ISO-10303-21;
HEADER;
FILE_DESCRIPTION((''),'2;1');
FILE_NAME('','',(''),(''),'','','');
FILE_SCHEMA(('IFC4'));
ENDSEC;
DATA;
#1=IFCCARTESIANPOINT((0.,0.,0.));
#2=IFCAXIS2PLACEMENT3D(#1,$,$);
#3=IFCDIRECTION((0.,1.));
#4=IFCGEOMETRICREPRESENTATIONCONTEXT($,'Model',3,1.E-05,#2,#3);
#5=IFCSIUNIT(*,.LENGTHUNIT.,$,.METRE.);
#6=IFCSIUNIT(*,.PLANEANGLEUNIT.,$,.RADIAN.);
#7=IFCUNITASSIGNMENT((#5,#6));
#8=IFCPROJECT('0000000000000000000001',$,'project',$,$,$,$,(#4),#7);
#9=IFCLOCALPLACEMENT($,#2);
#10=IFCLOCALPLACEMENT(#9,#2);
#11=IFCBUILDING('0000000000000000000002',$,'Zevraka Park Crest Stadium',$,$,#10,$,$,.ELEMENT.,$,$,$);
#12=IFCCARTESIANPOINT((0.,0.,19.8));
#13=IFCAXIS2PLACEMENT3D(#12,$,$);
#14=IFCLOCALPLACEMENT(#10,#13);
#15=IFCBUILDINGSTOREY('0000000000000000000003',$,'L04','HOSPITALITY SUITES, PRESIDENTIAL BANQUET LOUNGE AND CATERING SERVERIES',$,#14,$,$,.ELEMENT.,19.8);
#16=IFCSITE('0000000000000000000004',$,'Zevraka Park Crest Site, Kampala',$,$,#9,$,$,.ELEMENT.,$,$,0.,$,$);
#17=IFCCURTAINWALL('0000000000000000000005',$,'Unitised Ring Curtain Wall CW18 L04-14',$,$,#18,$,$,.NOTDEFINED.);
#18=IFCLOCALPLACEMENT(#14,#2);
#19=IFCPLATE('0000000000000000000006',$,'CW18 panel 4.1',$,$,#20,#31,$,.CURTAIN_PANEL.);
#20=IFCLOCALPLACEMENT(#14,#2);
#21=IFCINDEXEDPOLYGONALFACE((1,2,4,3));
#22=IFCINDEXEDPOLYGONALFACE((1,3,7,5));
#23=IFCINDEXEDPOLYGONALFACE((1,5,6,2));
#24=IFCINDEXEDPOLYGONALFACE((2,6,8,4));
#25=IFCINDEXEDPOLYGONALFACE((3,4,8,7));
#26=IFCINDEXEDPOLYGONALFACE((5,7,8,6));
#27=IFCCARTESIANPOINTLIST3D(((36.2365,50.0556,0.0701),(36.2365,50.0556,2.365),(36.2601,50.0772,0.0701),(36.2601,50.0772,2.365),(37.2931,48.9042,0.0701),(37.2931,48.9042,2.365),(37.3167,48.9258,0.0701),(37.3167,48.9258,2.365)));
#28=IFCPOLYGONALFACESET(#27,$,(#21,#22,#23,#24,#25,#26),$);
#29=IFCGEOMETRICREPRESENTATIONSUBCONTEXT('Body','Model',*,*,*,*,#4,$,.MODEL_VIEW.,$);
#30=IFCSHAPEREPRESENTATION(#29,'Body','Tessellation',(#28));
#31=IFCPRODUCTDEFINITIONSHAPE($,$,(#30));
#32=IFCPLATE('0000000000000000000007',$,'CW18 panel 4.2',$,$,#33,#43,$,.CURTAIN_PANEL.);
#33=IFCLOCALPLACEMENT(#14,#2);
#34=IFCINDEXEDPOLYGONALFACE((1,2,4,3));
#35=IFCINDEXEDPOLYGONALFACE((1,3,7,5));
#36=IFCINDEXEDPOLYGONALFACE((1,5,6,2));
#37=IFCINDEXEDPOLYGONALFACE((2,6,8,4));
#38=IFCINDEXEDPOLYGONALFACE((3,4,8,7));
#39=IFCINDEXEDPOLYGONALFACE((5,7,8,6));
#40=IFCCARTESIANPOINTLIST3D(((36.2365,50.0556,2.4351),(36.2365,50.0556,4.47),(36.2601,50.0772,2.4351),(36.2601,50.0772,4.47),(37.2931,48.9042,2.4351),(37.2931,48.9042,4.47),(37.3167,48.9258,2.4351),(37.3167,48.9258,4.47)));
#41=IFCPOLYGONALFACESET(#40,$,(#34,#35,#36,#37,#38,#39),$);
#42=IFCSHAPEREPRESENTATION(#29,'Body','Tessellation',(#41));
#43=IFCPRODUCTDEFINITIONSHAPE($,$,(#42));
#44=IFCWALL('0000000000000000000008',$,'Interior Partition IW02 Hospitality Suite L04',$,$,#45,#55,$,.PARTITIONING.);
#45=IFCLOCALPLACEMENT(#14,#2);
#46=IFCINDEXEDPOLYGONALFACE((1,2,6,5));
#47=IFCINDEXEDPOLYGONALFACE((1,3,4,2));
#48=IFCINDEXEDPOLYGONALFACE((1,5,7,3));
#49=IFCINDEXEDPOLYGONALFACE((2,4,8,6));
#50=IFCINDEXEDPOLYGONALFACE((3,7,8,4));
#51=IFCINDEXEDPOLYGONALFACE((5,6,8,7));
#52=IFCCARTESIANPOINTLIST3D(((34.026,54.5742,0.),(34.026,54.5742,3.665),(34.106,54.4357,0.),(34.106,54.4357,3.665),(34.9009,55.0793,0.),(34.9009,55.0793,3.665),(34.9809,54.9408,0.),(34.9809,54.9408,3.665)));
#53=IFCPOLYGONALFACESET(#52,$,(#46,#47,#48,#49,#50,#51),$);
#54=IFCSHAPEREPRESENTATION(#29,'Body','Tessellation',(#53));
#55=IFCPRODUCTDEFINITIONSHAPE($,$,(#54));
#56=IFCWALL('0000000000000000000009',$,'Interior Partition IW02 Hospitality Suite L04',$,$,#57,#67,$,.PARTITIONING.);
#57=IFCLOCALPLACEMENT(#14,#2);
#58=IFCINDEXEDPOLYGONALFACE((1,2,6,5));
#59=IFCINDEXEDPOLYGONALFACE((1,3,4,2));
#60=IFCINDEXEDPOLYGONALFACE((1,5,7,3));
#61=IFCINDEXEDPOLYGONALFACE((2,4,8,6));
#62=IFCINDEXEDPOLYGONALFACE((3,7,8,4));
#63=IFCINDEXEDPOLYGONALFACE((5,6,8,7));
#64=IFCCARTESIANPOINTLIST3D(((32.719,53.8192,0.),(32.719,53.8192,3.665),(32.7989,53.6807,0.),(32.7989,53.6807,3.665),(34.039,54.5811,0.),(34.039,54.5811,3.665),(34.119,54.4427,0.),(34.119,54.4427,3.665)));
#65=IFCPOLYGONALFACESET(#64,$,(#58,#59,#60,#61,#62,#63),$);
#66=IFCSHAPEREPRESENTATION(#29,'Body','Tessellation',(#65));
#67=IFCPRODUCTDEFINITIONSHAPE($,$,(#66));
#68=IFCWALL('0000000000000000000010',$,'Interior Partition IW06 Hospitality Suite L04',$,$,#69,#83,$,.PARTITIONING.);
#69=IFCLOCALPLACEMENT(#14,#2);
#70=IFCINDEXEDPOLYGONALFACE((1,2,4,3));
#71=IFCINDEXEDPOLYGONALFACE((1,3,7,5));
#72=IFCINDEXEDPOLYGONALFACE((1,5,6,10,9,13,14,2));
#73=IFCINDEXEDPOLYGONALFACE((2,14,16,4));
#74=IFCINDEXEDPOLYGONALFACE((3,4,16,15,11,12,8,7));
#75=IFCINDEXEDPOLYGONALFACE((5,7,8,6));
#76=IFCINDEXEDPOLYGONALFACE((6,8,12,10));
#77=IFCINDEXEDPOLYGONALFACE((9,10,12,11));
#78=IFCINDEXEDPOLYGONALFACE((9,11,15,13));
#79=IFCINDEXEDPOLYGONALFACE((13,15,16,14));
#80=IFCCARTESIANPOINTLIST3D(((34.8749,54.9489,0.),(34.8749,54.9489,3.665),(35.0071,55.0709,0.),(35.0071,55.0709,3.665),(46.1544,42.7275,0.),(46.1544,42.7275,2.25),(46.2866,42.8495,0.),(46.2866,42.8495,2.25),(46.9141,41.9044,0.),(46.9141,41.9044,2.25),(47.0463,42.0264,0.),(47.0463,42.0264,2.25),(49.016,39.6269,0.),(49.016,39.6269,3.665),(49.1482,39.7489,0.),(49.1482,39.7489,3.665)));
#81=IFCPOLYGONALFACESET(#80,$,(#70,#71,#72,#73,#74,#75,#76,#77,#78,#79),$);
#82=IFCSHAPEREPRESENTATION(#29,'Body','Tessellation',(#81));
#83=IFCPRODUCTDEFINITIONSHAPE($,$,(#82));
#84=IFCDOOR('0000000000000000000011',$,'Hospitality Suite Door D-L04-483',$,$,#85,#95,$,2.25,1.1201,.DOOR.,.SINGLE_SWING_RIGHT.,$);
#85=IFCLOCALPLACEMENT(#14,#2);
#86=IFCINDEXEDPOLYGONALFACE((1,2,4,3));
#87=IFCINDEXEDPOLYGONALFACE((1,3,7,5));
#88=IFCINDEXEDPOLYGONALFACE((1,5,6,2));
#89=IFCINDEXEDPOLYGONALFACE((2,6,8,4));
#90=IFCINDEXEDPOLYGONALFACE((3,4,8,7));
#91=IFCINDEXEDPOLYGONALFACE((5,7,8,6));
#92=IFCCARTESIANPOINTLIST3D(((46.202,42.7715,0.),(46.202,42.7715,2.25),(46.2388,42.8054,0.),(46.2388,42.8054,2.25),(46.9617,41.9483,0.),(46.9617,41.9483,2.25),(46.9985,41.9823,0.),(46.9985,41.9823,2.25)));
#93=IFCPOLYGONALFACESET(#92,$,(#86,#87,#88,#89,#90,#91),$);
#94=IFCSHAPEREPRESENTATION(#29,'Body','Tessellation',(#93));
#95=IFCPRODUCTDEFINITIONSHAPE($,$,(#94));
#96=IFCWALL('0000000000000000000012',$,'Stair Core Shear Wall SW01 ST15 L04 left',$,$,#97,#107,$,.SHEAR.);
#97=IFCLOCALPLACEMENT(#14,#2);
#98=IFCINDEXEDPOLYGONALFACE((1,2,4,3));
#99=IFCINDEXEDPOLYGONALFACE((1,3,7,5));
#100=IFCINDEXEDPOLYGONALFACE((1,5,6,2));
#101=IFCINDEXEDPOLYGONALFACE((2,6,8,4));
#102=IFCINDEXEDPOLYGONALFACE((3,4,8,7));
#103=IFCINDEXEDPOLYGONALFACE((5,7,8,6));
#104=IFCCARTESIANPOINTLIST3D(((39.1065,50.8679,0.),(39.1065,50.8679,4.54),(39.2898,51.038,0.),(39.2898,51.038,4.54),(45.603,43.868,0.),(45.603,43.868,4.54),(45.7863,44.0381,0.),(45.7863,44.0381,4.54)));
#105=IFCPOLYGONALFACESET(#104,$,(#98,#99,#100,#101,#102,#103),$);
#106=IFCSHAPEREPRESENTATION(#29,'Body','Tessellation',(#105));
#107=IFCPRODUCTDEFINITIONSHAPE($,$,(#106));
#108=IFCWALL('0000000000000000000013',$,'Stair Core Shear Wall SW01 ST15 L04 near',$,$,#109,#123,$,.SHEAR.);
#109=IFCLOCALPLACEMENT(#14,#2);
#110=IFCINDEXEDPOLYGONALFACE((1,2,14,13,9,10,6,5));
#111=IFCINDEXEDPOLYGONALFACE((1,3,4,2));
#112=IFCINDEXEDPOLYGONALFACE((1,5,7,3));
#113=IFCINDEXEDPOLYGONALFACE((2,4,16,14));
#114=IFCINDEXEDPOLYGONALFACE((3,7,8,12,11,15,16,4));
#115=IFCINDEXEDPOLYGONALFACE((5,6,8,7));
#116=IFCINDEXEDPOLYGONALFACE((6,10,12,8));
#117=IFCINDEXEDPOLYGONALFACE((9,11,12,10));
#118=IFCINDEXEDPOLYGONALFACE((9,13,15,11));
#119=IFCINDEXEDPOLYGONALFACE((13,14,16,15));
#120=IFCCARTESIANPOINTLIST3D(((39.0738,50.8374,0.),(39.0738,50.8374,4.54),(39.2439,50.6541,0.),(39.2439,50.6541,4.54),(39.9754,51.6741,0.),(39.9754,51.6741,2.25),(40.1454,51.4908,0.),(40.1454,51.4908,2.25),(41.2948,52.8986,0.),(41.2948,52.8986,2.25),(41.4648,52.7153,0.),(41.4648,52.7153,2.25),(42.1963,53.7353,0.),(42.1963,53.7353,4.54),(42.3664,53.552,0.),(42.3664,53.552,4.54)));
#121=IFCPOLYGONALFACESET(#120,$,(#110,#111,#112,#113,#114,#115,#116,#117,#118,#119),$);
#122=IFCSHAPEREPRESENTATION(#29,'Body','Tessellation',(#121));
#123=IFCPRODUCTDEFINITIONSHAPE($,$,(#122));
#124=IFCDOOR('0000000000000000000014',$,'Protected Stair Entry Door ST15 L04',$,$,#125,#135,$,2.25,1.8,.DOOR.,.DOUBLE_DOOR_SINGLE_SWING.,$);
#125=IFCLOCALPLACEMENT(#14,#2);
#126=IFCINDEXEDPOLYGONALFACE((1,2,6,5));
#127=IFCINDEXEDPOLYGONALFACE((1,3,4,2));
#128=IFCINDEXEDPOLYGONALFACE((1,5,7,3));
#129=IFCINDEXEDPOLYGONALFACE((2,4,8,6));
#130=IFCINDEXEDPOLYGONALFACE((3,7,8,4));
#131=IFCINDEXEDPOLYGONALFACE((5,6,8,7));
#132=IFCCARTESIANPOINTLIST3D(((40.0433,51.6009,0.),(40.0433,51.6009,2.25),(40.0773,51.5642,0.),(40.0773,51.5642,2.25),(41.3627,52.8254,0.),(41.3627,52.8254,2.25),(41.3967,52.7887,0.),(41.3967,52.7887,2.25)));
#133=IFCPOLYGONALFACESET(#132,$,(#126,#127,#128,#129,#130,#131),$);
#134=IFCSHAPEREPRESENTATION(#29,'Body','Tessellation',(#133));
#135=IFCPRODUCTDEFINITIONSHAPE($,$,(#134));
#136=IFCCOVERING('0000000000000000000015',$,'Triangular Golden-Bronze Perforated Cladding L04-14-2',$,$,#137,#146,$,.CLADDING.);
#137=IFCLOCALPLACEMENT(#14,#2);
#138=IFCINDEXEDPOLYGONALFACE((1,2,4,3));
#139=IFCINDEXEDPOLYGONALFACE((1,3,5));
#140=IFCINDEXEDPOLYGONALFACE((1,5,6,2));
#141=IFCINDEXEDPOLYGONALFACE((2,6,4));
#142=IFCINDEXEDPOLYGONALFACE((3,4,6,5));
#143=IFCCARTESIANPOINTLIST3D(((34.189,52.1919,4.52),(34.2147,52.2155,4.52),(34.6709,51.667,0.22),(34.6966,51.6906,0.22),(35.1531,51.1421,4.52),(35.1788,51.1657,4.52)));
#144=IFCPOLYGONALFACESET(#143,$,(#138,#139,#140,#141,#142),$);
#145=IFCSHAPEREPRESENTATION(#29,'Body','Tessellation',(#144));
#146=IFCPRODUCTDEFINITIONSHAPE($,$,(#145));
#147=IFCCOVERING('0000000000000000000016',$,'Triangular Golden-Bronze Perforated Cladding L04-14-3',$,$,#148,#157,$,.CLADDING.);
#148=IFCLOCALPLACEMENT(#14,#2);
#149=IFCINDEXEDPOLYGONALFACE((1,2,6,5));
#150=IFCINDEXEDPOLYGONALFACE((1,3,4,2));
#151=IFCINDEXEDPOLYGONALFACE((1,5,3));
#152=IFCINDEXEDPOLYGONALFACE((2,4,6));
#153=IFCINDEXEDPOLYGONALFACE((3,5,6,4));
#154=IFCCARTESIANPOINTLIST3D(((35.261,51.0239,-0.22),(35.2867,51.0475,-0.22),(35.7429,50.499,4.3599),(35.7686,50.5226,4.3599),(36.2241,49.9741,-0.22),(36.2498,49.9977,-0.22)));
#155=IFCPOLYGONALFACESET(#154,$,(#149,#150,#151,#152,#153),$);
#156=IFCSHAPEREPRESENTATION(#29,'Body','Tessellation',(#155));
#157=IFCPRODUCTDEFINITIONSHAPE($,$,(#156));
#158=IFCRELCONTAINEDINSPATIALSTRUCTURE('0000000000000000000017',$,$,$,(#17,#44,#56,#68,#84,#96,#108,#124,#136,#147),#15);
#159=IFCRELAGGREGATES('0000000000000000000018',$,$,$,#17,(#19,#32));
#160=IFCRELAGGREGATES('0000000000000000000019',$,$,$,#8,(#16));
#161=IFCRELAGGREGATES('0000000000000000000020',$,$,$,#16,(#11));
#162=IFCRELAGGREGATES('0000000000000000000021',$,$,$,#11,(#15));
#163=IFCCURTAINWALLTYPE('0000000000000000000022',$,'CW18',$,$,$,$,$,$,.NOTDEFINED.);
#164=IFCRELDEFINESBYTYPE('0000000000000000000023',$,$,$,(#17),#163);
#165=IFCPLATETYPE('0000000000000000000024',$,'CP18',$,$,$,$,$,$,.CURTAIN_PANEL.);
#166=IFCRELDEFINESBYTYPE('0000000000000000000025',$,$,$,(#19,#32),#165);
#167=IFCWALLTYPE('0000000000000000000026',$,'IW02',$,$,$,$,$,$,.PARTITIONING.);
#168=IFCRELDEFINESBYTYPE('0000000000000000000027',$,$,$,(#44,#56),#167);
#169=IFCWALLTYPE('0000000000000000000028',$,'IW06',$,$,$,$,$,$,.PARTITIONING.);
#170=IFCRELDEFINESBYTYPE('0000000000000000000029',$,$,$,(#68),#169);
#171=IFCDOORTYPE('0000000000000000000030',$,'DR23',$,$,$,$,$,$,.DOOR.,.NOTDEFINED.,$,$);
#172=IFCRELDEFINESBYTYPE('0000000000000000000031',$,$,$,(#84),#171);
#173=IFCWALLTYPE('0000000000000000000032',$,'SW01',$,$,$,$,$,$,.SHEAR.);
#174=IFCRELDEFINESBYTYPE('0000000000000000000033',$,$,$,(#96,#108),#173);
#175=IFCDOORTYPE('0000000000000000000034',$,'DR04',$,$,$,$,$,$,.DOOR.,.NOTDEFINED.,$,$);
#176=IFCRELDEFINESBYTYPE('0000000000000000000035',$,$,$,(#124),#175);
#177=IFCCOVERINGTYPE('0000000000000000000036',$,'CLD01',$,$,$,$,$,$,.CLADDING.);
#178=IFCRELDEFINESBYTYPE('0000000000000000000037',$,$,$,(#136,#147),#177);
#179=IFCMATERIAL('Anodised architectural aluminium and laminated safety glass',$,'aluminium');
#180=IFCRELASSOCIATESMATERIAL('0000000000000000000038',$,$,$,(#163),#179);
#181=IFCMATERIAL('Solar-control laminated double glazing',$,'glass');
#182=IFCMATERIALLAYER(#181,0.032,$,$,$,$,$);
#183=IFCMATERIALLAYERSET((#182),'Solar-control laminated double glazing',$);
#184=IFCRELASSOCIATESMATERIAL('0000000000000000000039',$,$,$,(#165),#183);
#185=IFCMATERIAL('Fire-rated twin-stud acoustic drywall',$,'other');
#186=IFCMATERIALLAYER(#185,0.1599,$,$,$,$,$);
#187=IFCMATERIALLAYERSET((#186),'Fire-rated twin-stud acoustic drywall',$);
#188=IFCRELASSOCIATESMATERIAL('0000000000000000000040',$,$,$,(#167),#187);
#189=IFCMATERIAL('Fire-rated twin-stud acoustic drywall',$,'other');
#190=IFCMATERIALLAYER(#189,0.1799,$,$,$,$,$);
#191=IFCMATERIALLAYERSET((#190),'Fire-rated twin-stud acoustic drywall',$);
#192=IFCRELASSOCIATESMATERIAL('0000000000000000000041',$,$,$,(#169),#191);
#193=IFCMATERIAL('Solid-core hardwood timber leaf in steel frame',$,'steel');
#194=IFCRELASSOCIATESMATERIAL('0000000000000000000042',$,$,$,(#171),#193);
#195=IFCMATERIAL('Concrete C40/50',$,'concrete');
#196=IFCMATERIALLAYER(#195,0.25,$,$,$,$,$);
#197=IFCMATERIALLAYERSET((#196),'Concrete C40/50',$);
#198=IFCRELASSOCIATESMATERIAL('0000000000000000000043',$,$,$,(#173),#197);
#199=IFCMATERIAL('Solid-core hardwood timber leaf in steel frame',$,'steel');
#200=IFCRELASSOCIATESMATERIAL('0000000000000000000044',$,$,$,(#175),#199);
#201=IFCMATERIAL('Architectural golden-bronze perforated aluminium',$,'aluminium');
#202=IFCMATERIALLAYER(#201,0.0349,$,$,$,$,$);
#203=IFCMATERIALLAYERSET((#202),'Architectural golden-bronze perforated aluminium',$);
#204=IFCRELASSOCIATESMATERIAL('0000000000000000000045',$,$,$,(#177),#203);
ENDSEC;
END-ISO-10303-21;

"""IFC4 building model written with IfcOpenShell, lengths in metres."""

from ifc_helpers import new_model, si_unit, direction, frame, frame_2d, origin, origin_2d, place, context, subcontext, project, spatial, polyline, rectangle, outline, extrude, material, layer, layer_set, type_object, element, fill, aggregate, save


model = new_model("IFC4")

# Units and contexts
model_context = context("Model", 3, precision=1e-05, world=origin(), true_north=direction((0.0, 1.0)))
body_context = subcontext(model_context, "Body", "Model", "MODEL_VIEW")
ifc_project = project(units=[si_unit("LENGTHUNIT", "METRE"), si_unit("PLANEANGLEUNIT", "RADIAN")], contexts=[model_context])

# Site, building, storey
site_placement = place(None, origin())
site = spatial("IfcSite", under=ifc_project, at=site_placement, Name="Zevraka Park Crest Site, Kampala", CompositionType="ELEMENT", RefElevation=0.0)
building_placement = place(site_placement, origin())
building = spatial("IfcBuilding", under=site, at=building_placement, Name="Zevraka Park Crest Stadium", CompositionType="ELEMENT")
storey_placement = place(building_placement, frame((0.0, 0.0, 19.8)))
storey = spatial("IfcBuildingStorey", under=building, at=storey_placement, Name="L04", Description="HOSPITALITY SUITES, PRESIDENTIAL BANQUET LOUNGE AND CATERING SERVERIES", CompositionType="ELEMENT", Elevation=19.8)

# Curtain wall, plates
ifc_material_1 = material(Name="Anodised architectural aluminium and laminated safety glass", Category="aluminium")
curtain_wall_type = type_object("IfcCurtainWallType", Name="CW18", PredefinedType="NOTDEFINED", material=ifc_material_1)
curtain_wall_placement = place(storey_placement, origin())
curtain_wall = element("IfcCurtainWall", 1, at=curtain_wall_placement, inside=storey, type_object=curtain_wall_type, Name="Unitised Ring Curtain Wall CW18 L04-14", PredefinedType="NOTDEFINED")
ifc_material_2 = material(Name="Solar-control laminated double glazing", Category="glass")
ifc_layer_1 = layer(ifc_material_2, 0.032)
ifc_layer_set_1 = layer_set([ifc_layer_1], Name="Solar-control laminated double glazing")
plate_type = type_object("IfcPlateType", Name="CP18", PredefinedType="CURTAIN_PANEL", material=ifc_layer_set_1)
plate_1_placement = place(storey_placement, frame((36.7766, 49.4907, 0.0701), z_axis=(0.0, 0.0, 1.0), x_axis=(0.676138, -0.736775, 0.0)))
plate_1 = element("IfcPlate", 2, at=plate_1_placement, type_object=plate_type, Name="CW18 panel 4.1", PredefinedType="CURTAIN_PANEL", context=body_context, shape_type="SweptSolid", body=[
    extrude(rectangle(XDim=1.5627, YDim=0.032, at=origin_2d()), origin(), (0.0, 0.0, 1.0), 2.2949),
])
plate_2_placement = place(storey_placement, frame((36.7766, 49.4907, 2.4351), z_axis=(0.0, 0.0, 1.0), x_axis=(0.676138, -0.736775, 0.0)))
plate_2 = element("IfcPlate", 3, at=plate_2_placement, type_object=plate_type, Name="CW18 panel 4.2", PredefinedType="CURTAIN_PANEL", context=body_context, shape_type="SweptSolid", body=[
    extrude(rectangle(XDim=1.5627, YDim=0.032, at=origin_2d()), origin(), (0.0, 0.0, 1.0), 2.0349),
])
aggregate(curtain_wall, [plate_1, plate_2])

# Walls
ifc_material_3 = material(Name="Fire-rated twin-stud acoustic drywall", Category="other")
ifc_layer_2 = layer(ifc_material_3, 0.1599)
ifc_layer_set_2 = layer_set([ifc_layer_2], Name="Fire-rated twin-stud acoustic drywall")
wall_type_1 = type_object("IfcWallType", Name="IW02", PredefinedType="PARTITIONING", material=ifc_layer_set_2)
wall_1_placement = place(storey_placement, frame((34.9409, 55.01, 0.0), z_axis=(0.0, 0.0, 1.0), x_axis=(-0.866049, -0.49996, 0.0)))
element("IfcWall", 4, at=wall_1_placement, inside=storey, type_object=wall_type_1, Name="Interior Partition IW02 Hospitality Suite L04", PredefinedType="PARTITIONING", context=body_context, shape_type="SweptSolid", body=[
    extrude(rectangle(XDim=1.0103, YDim=0.1599, at=frame_2d((0.5051, 0.0))), origin(), (0.0, 0.0, 1.0), 3.665),
])
wall_2_placement = place(storey_placement, frame((34.0791, 54.512, 0.0), z_axis=(0.0, 0.0, 1.0), x_axis=(-0.866076, -0.499912, 0.0)))
element("IfcWall", 5, at=wall_2_placement, inside=storey, type_object=wall_type_1, Name="Interior Partition IW02 Hospitality Suite L04", PredefinedType="PARTITIONING", context=body_context, shape_type="SweptSolid", body=[
    extrude(rectangle(XDim=1.5242, YDim=0.1599, at=frame_2d((0.7622, 0.0))), origin(), (0.0, 0.0, 1.0), 3.665),
])

# Wall, opening, door
ifc_material_4 = material(Name="Fire-rated twin-stud acoustic drywall", Category="other")
ifc_layer_3 = layer(ifc_material_4, 0.1799)
ifc_layer_set_3 = layer_set([ifc_layer_3], Name="Fire-rated twin-stud acoustic drywall")
wall_type_2 = type_object("IfcWallType", Name="IW06", PredefinedType="PARTITIONING", material=ifc_layer_set_3)
wall_3_placement = place(storey_placement, frame((34.9409, 55.01, 0.0), z_axis=(0.0, 0.0, 1.0), x_axis=(0.678221, -0.734858, 0.0)))
wall_3 = element("IfcWall", 6, at=wall_3_placement, inside=storey, type_object=wall_type_2, Name="Interior Partition IW06 Hospitality Suite L04", PredefinedType="PARTITIONING", context=body_context, shape_type="SweptSolid", body=[
    extrude(rectangle(XDim=20.8503, YDim=0.1799, at=frame_2d((10.4253, 0.0))), origin(), (0.0, 0.0, 1.0), 3.665),
])
opening_1_placement = place(wall_3_placement, frame((16.6311, 0.0, 0.0)))
opening_1 = element("IfcOpeningElement", 7, at=opening_1_placement, cuts=wall_3, PredefinedType="OPENING", context=body_context, shape_type="SweptSolid", body=[
    extrude(rectangle(XDim=1.1201, YDim=2.25, at=frame_2d((0.5601, 1.125))), frame((0.0, 0.0999, 0.0), z_axis=(0.0, -1.0, 0.0), x_axis=(1.0, 0.0, 0.0)), (0.0, 0.0, 1.0), 0.2),
])
ifc_material_5 = material(Name="Solid-core hardwood timber leaf in steel frame", Category="steel")
door_type_1 = type_object("IfcDoorType", Name="DR23", OperationType="NOTDEFINED", PredefinedType="DOOR", material=ifc_material_5)
door_1_placement = place(opening_1_placement, origin())
door_1 = element("IfcDoor", 8, at=door_1_placement, inside=storey, type_object=door_type_1, Name="Hospitality Suite Door D-L04-483", OperationType="SINGLE_SWING_RIGHT", OverallHeight=2.25, OverallWidth=1.1201, PredefinedType="DOOR", context=body_context, shape_type="SweptSolid", body=[
    extrude(rectangle(XDim=1.1201, YDim=2.25, at=frame_2d((0.5601, 1.125))), frame((0.0, 0.0249, 0.0), z_axis=(0.0, -1.0, 0.0), x_axis=(1.0, 0.0, 0.0)), (0.0, 0.0, 1.0), 0.05),
])
fill(opening_1, door_1)

# Wall
ifc_material_6 = material(Name="Concrete C40/50", Category="concrete")
ifc_layer_4 = layer(ifc_material_6, 0.25)
ifc_layer_set_4 = layer_set([ifc_layer_4], Name="Concrete C40/50")
wall_type_3 = type_object("IfcWallType", Name="SW01", PredefinedType="SHEAR", material=ifc_layer_set_4)
wall_4_placement = place(storey_placement, frame((39.1982, 50.9529, 0.0), z_axis=(0.0, 0.0, 1.0), x_axis=(0.680259, -0.732972, 0.0)))
element("IfcWall", 9, at=wall_4_placement, inside=storey, type_object=wall_type_3, Name="Stair Core Shear Wall SW01 ST15 L04 left", PredefinedType="SHEAR", context=body_context, shape_type="SweptSolid", body=[
    extrude(rectangle(XDim=9.55, YDim=0.25, at=frame_2d((4.7749, 0.0))), origin(), (0.0, 0.0, 1.0), 4.54),
])

# Wall, opening, door
wall_5_placement = place(storey_placement, frame((42.2812, 53.6436, 0.0), z_axis=(0.0, 0.0, 1.0), x_axis=(-0.732977, -0.680253, 0.0)))
wall_5 = element("IfcWall", 10, at=wall_5_placement, inside=storey, type_object=wall_type_3, Name="Stair Core Shear Wall SW01 ST15 L04 near", PredefinedType="SHEAR", context=body_context, shape_type="SweptSolid", body=[
    extrude(rectangle(XDim=4.26, YDim=0.25, at=frame_2d((2.1299, 0.0))), origin(), (0.0, 0.0, 1.0), 4.54),
])
opening_2_placement = place(wall_5_placement, frame((1.23, 0.0, 0.0)))
opening_2 = element("IfcOpeningElement", 11, at=opening_2_placement, cuts=wall_5, PredefinedType="OPENING", context=body_context, shape_type="SweptSolid", body=[
    extrude(rectangle(XDim=1.8, YDim=2.25, at=frame_2d((0.8999, 1.125))), frame((0.0, 0.135, 0.0), z_axis=(0.0, -1.0, 0.0), x_axis=(1.0, 0.0, 0.0)), (0.0, 0.0, 1.0), 0.27),
])
ifc_material_7 = material(Name="Solid-core hardwood timber leaf in steel frame", Category="steel")
door_type_2 = type_object("IfcDoorType", Name="DR04", OperationType="NOTDEFINED", PredefinedType="DOOR", material=ifc_material_7)
door_2_placement = place(opening_2_placement, origin())
door_2 = element("IfcDoor", 12, at=door_2_placement, inside=storey, type_object=door_type_2, Name="Protected Stair Entry Door ST15 L04", OperationType="DOUBLE_DOOR_SINGLE_SWING", OverallHeight=2.25, OverallWidth=1.8, PredefinedType="DOOR", context=body_context, shape_type="SweptSolid", body=[
    extrude(rectangle(XDim=1.8, YDim=2.25, at=frame_2d((0.8999, 1.125))), frame((0.0, 0.0249, 0.0), z_axis=(0.0, -1.0, 0.0), x_axis=(1.0, 0.0, 0.0)), (0.0, 0.0, 1.0), 0.05),
])
fill(opening_2, door_2)

# Coverings
ifc_material_8 = material(Name="Architectural golden-bronze perforated aluminium", Category="aluminium")
ifc_layer_5 = layer(ifc_material_8, 0.0349)
ifc_layer_set_5 = layer_set([ifc_layer_5], Name="Architectural golden-bronze perforated aluminium")
covering_type = type_object("IfcCoveringType", Name="CLD01", PredefinedType="CLADDING", material=ifc_layer_set_5)
covering_1_placement = place(storey_placement, frame((35.1531, 51.1421, 4.52), z_axis=(-0.736528, -0.676407, 0.000021), x_axis=(-0.676407, 0.736528, 0.0)))
element("IfcCovering", 13, at=covering_1_placement, inside=storey, type_object=covering_type, Name="Triangular Golden-Bronze Perforated Cladding L04-14-2", PredefinedType="CLADDING", context=body_context, shape_type="SweptSolid", body=[
    extrude(outline(polyline([(0.0, 0.0), (1.4253, 0.0), (0.7128, 4.3), (0.0, 0.0)])), origin(), (0.0, 0.0, -1.0), 0.0349),
])
covering_2_placement = place(storey_placement, frame((35.261, 51.0239, -0.22), z_axis=(-0.73687, -0.676035, 0.000059), x_axis=(0.676035, -0.73687, 0.0)))
element("IfcCovering", 14, at=covering_2_placement, inside=storey, type_object=covering_type, Name="Triangular Golden-Bronze Perforated Cladding L04-14-3", PredefinedType="CLADDING", context=body_context, shape_type="SweptSolid", body=[
    extrude(outline(polyline([(0.0, 0.0), (1.4247, 0.0), (0.7126, 4.5798), (0.0, 0.0)])), origin(), (0.0, 0.0, -1.0), 0.0349),
])

save(model, "model.ifc")
